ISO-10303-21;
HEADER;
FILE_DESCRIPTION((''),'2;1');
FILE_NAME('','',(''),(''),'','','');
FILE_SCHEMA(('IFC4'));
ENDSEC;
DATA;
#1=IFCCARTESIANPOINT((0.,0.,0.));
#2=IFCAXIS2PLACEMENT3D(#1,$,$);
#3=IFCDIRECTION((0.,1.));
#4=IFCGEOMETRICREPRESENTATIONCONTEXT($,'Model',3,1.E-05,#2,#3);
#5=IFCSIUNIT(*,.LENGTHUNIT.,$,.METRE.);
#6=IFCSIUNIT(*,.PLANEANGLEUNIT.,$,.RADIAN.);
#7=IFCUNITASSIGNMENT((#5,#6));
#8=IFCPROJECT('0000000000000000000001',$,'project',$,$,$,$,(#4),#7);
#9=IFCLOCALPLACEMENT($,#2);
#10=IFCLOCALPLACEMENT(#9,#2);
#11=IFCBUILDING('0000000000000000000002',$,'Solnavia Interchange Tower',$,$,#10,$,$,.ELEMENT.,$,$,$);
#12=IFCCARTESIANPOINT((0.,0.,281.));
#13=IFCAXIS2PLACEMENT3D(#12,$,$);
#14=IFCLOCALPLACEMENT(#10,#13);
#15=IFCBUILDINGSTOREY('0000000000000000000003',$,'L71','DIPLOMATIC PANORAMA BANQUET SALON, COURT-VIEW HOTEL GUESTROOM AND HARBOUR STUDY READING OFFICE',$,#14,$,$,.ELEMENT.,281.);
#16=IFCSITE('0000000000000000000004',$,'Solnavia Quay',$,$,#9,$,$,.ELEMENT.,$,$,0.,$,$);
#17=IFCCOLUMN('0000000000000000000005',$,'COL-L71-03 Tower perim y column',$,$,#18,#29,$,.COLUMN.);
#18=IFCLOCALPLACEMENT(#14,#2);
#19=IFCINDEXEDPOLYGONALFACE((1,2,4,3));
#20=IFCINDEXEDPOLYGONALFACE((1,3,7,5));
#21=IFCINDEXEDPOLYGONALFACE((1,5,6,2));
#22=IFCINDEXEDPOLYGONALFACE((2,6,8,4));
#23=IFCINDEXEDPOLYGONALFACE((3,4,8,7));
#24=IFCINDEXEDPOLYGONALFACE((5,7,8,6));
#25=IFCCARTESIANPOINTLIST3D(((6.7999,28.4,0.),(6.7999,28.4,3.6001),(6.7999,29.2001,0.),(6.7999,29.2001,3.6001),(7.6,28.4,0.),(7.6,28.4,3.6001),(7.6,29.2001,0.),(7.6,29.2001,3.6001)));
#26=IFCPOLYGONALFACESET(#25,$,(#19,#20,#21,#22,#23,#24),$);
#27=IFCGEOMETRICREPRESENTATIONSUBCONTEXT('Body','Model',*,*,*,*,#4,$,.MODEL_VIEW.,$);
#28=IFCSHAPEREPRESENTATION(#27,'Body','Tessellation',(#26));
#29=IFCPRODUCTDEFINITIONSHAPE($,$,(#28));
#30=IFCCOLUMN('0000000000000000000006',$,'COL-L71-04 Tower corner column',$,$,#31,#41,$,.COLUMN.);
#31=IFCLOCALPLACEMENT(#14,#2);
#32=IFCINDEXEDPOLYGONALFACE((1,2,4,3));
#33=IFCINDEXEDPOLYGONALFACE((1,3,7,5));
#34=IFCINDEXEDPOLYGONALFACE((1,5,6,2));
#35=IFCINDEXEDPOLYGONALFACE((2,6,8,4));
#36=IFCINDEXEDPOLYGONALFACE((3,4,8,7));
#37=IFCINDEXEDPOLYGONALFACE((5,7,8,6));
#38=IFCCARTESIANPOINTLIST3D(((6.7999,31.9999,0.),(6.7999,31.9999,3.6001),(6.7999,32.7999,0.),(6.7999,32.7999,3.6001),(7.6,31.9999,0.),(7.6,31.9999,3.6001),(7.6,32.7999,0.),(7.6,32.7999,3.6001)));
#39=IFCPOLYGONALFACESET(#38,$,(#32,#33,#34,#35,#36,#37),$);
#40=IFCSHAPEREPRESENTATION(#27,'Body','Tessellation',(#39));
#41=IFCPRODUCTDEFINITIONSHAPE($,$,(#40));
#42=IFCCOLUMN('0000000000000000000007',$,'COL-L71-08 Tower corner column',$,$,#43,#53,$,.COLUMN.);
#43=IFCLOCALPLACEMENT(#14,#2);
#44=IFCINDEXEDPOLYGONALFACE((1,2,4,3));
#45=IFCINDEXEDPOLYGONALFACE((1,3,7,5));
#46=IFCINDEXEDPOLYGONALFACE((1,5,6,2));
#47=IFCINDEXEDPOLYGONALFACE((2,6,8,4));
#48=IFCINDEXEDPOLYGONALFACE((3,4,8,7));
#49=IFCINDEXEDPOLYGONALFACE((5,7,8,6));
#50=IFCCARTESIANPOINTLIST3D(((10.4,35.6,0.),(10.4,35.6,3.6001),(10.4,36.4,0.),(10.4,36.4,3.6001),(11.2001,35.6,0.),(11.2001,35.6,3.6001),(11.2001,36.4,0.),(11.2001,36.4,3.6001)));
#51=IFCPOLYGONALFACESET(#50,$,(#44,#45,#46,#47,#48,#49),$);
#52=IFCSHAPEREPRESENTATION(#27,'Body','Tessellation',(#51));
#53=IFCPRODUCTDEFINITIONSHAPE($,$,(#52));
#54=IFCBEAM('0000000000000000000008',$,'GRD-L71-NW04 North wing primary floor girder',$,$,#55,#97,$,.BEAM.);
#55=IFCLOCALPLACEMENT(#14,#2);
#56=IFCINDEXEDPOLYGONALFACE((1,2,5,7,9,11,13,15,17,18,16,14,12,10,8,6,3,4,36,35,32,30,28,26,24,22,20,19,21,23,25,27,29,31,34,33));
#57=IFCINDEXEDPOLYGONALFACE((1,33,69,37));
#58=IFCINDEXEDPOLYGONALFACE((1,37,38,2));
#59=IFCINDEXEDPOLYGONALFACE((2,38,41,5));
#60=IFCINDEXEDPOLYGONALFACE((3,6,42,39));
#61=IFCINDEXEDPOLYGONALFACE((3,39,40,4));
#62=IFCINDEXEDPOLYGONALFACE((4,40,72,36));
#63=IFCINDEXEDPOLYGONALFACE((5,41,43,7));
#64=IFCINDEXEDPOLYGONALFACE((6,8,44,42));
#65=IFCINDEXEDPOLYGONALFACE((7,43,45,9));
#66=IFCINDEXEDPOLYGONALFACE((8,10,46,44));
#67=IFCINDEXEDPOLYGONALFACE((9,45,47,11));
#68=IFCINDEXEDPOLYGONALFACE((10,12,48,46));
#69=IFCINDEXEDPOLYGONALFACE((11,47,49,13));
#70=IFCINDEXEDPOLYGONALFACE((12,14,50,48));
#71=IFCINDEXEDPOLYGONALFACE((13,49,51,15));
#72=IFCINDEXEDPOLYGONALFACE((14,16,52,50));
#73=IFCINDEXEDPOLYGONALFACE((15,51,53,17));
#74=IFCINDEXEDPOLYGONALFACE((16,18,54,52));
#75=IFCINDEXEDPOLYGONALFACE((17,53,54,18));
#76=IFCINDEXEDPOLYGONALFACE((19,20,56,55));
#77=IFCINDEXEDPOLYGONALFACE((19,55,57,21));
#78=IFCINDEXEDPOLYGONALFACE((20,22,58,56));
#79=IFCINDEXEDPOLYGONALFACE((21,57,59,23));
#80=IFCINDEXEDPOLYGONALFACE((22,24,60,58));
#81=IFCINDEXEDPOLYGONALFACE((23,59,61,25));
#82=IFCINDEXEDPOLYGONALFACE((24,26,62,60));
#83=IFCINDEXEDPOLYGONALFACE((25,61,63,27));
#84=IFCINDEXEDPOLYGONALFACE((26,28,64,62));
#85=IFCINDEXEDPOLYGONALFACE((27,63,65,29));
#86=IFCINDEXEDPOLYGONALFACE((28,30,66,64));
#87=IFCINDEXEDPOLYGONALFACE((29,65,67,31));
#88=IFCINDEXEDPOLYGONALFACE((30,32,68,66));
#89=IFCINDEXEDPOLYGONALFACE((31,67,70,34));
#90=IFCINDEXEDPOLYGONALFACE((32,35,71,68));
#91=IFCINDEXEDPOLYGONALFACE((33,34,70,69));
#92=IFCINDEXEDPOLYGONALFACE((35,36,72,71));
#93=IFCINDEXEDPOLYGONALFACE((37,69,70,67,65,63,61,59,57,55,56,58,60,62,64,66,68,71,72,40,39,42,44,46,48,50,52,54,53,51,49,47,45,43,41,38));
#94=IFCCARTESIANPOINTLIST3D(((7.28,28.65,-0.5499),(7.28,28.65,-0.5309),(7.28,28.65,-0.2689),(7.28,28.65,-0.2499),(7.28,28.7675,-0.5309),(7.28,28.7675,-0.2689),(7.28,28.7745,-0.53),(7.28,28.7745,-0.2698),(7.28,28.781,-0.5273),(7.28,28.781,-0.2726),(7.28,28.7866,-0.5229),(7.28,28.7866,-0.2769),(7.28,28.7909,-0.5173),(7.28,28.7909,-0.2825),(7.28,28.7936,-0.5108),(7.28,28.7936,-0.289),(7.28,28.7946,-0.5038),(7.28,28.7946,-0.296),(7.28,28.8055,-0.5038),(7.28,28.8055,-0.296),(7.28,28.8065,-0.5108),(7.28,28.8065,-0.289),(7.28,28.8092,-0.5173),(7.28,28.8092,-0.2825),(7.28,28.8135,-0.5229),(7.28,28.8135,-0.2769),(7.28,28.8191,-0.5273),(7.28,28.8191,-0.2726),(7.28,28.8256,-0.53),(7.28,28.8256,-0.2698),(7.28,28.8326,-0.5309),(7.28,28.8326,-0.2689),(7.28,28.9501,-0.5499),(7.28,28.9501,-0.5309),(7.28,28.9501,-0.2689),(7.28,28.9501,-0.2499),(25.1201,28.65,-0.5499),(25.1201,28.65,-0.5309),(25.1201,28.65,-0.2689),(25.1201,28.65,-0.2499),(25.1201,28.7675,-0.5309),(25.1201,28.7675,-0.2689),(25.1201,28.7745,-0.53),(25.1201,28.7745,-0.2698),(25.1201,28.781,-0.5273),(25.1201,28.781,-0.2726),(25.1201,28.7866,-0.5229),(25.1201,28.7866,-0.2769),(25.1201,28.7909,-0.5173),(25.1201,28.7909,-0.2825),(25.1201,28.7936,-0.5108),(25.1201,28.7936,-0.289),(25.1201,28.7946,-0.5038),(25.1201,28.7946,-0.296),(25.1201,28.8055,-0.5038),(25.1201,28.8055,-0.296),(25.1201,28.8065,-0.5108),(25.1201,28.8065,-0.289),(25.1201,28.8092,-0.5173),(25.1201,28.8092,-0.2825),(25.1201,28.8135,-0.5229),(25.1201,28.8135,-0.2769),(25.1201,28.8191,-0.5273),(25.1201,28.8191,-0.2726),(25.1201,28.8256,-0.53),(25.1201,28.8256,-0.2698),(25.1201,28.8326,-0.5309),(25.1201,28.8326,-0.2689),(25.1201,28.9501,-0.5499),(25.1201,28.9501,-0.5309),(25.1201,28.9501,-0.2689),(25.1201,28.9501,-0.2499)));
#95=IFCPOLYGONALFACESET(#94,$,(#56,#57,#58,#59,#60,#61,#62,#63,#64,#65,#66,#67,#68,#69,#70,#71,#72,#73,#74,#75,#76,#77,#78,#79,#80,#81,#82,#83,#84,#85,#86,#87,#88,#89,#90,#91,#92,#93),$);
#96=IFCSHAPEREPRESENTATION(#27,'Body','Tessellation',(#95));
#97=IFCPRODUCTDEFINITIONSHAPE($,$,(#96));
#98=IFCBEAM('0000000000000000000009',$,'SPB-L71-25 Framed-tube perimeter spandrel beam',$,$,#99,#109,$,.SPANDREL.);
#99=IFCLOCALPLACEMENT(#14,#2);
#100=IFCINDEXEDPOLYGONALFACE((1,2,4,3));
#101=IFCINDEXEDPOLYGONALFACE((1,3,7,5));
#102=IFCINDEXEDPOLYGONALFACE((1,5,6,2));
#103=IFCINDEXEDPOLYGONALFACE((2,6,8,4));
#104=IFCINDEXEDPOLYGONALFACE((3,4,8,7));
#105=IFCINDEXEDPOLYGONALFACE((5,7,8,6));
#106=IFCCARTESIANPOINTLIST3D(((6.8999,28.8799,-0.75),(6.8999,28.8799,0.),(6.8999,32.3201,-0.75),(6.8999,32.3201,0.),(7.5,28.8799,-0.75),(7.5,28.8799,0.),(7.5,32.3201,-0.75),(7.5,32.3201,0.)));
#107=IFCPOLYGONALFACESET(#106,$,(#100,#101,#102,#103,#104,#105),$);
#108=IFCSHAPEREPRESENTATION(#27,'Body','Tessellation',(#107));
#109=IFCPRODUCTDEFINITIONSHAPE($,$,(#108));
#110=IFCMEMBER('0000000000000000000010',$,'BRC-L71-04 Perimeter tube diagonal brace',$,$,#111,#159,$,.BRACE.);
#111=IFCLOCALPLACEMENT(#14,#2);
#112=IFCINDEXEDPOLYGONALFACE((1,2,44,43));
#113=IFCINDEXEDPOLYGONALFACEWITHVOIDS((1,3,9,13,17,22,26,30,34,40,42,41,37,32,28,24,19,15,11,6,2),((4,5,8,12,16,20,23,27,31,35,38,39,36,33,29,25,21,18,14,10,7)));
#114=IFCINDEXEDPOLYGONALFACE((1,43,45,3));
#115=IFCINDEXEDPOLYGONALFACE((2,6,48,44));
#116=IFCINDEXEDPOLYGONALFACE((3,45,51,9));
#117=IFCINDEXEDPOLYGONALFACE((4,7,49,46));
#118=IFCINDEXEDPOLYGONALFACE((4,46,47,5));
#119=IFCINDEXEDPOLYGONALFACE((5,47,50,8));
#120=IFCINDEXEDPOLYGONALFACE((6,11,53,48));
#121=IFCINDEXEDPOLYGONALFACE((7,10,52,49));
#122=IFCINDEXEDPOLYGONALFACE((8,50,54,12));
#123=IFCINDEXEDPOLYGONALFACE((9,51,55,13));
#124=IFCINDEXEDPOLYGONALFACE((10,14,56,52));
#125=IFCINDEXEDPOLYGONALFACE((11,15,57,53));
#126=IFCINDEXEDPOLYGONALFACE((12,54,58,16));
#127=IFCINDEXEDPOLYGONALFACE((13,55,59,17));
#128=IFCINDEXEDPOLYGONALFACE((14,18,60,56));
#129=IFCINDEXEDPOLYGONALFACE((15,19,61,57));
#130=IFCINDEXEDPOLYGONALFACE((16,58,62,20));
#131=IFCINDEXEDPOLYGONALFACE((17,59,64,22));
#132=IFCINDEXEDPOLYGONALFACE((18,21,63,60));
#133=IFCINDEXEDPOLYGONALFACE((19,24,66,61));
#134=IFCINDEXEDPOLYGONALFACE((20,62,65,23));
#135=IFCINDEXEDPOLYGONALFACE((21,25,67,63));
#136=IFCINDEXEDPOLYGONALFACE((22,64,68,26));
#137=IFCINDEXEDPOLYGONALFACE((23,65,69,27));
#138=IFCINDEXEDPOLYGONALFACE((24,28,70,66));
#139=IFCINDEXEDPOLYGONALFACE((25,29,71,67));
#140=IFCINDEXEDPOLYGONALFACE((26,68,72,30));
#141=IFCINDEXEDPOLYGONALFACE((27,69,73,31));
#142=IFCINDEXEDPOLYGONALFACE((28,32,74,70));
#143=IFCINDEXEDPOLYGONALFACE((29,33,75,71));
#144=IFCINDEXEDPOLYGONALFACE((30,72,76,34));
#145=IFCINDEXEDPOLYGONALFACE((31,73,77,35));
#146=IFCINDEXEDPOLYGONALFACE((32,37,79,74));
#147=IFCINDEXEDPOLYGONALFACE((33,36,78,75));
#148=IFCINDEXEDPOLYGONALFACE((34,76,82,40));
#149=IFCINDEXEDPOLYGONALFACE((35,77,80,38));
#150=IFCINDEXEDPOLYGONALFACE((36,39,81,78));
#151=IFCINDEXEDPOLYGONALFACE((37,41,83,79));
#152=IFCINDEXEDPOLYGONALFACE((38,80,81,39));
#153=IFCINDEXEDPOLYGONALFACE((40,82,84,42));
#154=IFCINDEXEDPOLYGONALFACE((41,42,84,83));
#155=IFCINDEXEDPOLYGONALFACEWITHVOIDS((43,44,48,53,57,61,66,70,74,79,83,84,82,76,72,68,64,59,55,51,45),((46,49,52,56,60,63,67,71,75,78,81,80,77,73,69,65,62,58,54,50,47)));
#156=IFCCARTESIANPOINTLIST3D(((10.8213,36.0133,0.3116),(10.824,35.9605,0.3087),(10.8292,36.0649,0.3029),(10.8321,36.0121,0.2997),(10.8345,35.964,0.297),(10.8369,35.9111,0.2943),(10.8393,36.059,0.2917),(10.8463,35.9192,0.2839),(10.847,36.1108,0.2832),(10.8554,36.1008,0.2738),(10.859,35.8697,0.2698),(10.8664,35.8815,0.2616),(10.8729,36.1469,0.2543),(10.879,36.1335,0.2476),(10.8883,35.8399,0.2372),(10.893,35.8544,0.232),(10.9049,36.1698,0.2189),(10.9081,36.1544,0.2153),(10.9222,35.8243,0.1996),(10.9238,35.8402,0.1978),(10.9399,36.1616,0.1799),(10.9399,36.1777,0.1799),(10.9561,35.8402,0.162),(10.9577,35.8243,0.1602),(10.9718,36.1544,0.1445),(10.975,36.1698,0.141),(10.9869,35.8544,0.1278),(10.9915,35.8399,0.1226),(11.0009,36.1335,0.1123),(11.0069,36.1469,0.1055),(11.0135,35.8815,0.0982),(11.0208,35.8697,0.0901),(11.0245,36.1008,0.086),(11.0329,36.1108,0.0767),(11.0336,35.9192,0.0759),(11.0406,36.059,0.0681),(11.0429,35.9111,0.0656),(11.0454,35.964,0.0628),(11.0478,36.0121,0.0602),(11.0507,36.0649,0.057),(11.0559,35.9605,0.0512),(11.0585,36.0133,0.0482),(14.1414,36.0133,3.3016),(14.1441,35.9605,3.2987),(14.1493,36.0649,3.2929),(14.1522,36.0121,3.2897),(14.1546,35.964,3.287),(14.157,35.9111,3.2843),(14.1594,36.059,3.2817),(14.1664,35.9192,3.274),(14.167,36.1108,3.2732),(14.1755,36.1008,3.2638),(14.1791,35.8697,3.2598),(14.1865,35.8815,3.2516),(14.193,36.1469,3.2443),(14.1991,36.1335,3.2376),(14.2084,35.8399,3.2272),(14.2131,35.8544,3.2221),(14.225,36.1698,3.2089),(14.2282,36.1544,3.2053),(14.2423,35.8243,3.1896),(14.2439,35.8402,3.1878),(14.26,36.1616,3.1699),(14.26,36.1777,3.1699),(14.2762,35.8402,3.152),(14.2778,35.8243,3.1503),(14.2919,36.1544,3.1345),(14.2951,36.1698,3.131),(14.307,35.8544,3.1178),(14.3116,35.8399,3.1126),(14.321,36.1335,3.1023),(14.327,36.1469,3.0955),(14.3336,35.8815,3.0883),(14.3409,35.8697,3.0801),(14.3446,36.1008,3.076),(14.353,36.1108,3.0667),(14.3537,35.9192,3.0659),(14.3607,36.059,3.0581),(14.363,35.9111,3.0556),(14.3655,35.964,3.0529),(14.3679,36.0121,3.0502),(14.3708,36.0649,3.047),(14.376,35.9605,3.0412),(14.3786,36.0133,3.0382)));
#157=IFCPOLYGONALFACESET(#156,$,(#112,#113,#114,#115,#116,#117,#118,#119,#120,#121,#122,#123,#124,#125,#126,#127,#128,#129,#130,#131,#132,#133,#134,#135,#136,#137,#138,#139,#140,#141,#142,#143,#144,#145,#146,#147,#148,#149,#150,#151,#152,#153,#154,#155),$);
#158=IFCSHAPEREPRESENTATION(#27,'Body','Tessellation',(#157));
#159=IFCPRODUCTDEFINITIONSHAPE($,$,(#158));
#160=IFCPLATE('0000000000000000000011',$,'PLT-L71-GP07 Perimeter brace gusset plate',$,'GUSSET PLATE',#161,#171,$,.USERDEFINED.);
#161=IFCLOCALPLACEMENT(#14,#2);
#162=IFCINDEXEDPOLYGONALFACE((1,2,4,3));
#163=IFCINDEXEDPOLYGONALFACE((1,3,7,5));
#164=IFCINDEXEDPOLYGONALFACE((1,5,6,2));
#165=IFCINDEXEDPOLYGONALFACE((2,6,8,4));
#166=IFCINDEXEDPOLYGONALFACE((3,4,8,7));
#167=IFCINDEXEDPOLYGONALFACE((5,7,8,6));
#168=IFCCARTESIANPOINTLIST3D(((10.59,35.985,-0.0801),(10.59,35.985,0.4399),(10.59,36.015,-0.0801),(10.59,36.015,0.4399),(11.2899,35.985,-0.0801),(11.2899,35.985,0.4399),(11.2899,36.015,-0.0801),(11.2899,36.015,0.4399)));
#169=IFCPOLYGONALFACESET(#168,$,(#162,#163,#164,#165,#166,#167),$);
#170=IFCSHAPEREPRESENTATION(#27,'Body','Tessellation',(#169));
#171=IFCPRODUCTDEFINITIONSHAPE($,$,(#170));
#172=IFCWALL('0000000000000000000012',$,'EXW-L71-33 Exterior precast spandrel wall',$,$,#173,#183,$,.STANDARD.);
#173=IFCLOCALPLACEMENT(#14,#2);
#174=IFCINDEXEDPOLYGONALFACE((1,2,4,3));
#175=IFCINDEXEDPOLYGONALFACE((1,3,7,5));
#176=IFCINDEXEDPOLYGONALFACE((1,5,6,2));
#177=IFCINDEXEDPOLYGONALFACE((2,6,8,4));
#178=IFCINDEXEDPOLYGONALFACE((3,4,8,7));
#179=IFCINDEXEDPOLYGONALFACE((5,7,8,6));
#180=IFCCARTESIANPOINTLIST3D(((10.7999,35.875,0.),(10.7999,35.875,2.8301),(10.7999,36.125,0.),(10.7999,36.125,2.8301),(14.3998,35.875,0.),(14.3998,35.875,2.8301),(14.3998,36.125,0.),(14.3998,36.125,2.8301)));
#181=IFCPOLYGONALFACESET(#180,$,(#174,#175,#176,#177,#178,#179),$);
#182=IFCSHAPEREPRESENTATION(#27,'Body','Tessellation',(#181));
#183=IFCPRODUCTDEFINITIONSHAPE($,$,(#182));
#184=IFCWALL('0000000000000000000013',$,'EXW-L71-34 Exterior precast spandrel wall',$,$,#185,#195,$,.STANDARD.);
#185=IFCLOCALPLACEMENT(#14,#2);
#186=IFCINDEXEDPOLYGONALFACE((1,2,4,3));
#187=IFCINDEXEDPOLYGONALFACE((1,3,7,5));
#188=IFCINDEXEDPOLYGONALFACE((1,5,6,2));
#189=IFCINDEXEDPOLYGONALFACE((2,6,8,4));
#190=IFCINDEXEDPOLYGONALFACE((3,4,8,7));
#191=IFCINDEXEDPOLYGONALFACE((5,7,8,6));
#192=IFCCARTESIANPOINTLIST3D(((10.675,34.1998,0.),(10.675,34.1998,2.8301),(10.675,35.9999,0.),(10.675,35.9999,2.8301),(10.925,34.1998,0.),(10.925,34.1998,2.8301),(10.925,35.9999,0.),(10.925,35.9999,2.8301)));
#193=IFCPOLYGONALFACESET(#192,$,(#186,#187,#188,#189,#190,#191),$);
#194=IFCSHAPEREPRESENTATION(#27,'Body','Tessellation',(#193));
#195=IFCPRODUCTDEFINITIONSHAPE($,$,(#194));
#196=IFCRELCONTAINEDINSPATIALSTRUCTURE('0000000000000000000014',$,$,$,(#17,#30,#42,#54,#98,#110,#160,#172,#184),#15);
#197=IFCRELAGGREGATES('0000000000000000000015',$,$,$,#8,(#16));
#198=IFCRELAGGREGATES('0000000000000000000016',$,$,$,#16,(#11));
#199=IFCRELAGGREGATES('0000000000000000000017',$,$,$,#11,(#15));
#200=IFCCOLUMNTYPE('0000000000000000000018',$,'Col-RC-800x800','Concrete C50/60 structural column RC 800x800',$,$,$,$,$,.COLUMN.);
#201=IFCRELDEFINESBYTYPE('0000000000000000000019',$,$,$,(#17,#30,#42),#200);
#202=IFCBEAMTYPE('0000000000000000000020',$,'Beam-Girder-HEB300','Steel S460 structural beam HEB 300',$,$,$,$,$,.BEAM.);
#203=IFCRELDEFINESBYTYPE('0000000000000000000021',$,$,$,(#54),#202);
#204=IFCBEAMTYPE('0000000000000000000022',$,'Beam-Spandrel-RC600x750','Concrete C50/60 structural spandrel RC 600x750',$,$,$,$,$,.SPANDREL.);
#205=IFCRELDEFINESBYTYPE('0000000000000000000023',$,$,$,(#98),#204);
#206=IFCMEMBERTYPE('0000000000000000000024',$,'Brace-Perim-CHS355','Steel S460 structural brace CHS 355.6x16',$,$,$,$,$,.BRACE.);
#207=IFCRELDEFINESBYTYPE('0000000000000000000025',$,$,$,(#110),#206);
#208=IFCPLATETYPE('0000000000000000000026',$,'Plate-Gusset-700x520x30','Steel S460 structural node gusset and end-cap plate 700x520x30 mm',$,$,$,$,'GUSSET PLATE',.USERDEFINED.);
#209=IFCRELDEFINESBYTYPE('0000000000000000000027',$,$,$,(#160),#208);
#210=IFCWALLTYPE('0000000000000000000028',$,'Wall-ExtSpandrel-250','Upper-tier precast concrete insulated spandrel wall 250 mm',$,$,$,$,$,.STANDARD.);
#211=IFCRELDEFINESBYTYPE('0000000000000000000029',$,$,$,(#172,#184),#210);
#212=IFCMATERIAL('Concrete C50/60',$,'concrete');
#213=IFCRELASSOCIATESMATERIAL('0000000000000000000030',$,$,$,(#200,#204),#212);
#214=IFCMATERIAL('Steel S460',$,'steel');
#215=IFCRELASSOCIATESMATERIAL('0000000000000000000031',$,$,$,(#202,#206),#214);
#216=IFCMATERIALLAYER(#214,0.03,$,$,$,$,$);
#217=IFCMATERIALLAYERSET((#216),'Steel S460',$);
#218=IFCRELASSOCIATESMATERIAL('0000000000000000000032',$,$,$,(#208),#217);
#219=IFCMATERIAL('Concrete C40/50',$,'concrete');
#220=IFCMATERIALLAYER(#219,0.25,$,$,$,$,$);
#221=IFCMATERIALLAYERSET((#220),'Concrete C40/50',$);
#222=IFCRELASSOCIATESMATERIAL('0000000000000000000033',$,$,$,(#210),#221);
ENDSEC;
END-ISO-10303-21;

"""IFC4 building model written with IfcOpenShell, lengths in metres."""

from ifc_helpers import new_model, si_unit, direction, frame, frame_2d, origin, origin_2d, place, context, subcontext, project, spatial, rectangle, hollow_circle, i_section, extrude, material, layer, layer_set, material_profile, profile_set, type_object, element, save


model = new_model("IFC4")

# Units and contexts
model_context = context("Model", 3, precision=1e-05, world=origin(), true_north=direction((0.0, 1.0)))
body_context = subcontext(model_context, "Body", "Model", "MODEL_VIEW")
ifc_project = project(units=[si_unit("LENGTHUNIT", "METRE"), si_unit("PLANEANGLEUNIT", "RADIAN")], contexts=[model_context])

# Site, building, storey
site_placement = place(None, origin())
site = spatial("IfcSite", under=ifc_project, at=site_placement, Name="Solnavia Quay", CompositionType="ELEMENT", RefElevation=0.0)
building_placement = place(site_placement, origin())
building = spatial("IfcBuilding", under=site, at=building_placement, Name="Solnavia Interchange Tower", CompositionType="ELEMENT")
storey_placement = place(building_placement, frame((0.0, 0.0, 281.0)))
storey = spatial("IfcBuildingStorey", under=building, at=storey_placement, Name="L71", Description="DIPLOMATIC PANORAMA BANQUET SALON, COURT-VIEW HOTEL GUESTROOM AND HARBOUR STUDY READING OFFICE", CompositionType="ELEMENT", Elevation=281.0)

# Columns
ifc_material_1 = material(Name="Concrete C50/60", Category="concrete")
ifc_material_profile_1 = material_profile(ifc_material_1, rectangle(XDim=0.8, YDim=0.8, at=origin_2d()), Name="RC 800x800")
ifc_profile_set_1 = profile_set([ifc_material_profile_1], Name="Concrete C50/60")
column_type = type_object("IfcColumnType", Name="Col-RC-800x800", Description="Concrete C50/60 structural column RC 800x800", PredefinedType="COLUMN", material=ifc_profile_set_1)
for number, where, z_axis, x_axis, name in (
    (1, (7.2, 28.8, 0.0), (0.0, 0.0, 1.0), (0.0, 1.0, 0.0), "COL-L71-03 Tower perim y column"),
    (2, (7.2, 32.3999, 0.0), (0.0, 0.0, 1.0), (0.0, 1.0, 0.0), "COL-L71-04 Tower corner column"),
    (3, (10.8, 36.0, 0.0), (0.0, 0.0, 1.0), (1.0, 0.0, 0.0), "COL-L71-08 Tower corner column"),
):
    element("IfcColumn", number, at=place(storey_placement, frame(where, z_axis=z_axis, x_axis=x_axis)), inside=storey, type_object=column_type, Name=name, PredefinedType="COLUMN", context=body_context, shape_type="SweptSolid", body=[
        extrude(rectangle(XDim=0.8, YDim=0.8, at=origin_2d()), origin(), (0.0, 0.0, 1.0), 3.6001),
    ])

# Beams
ifc_material_2 = material(Name="Steel S460", Category="steel")
ifc_material_profile_2 = material_profile(ifc_material_2, i_section(OverallWidth=0.3, OverallDepth=0.3, WebThickness=0.011, FlangeThickness=0.019, FilletRadius=0.0271, at=origin_2d()), Name="HEB 300")
ifc_profile_set_2 = profile_set([ifc_material_profile_2], Name="Steel S460")
beam_type_1 = type_object("IfcBeamType", Name="Beam-Girder-HEB300", Description="Steel S460 structural beam HEB 300", PredefinedType="BEAM", material=ifc_profile_set_2)
beam_1_placement = place(storey_placement, frame((7.28, 28.8, -0.3999), z_axis=(1.0, 0.0, 0.0), x_axis=(0.0, 1.0, 0.0)))
element("IfcBeam", 4, at=beam_1_placement, inside=storey, type_object=beam_type_1, Name="GRD-L71-NW04 North wing primary floor girder", PredefinedType="BEAM", context=body_context, shape_type="SweptSolid", body=[
    extrude(i_section(OverallWidth=0.3, OverallDepth=0.3, WebThickness=0.011, FlangeThickness=0.019, FilletRadius=0.0271, at=origin_2d()), origin(), (0.0, 0.0, 1.0), 17.8401),
])
ifc_material_profile_3 = material_profile(ifc_material_1, rectangle(XDim=0.6001, YDim=0.75, at=origin_2d()), Name="RC 600x750")
ifc_profile_set_3 = profile_set([ifc_material_profile_3], Name="Concrete C50/60")
beam_type_2 = type_object("IfcBeamType", Name="Beam-Spandrel-RC600x750", Description="Concrete C50/60 structural spandrel RC 600x750", PredefinedType="SPANDREL", material=ifc_profile_set_3)
beam_2_placement = place(storey_placement, frame((7.2, 32.3201, -0.375), z_axis=(0.0, -1.0, 0.0), x_axis=(1.0, 0.0, 0.0)))
element("IfcBeam", 5, at=beam_2_placement, inside=storey, type_object=beam_type_2, Name="SPB-L71-25 Framed-tube perimeter spandrel beam", PredefinedType="SPANDREL", context=body_context, shape_type="SweptSolid", body=[
    extrude(rectangle(XDim=0.6001, YDim=0.75, at=origin_2d()), origin(), (0.0, 0.0, 1.0), 3.4402),
])

# Member
ifc_material_profile_4 = material_profile(ifc_material_2, hollow_circle(Radius=0.1777, WallThickness=0.0161, at=origin_2d()), Name="CHS 355.6x16")
ifc_profile_set_4 = profile_set([ifc_material_profile_4], Name="Steel S460")
member_type = type_object("IfcMemberType", Name="Brace-Perim-CHS355", Description="Steel S460 structural brace CHS 355.6x16", PredefinedType="BRACE", material=ifc_profile_set_4)
member_placement = place(storey_placement, frame((10.9399, 36.0, 0.1799), z_axis=(0.743079, 0.0, 0.669203), x_axis=(0.0, 1.0, 0.0)))
element("IfcMember", 6, at=member_placement, inside=storey, type_object=member_type, Name="BRC-L71-04 Perimeter tube diagonal brace", PredefinedType="BRACE", context=body_context, shape_type="SweptSolid", body=[
    extrude(hollow_circle(Radius=0.1777, WallThickness=0.0161, at=origin_2d()), origin(), (0.0, 0.0, 1.0), 4.468),
])

# Plate
ifc_layer_1 = layer(ifc_material_2, 0.03)
ifc_layer_set_1 = layer_set([ifc_layer_1], Name="Steel S460")
plate_type = type_object("IfcPlateType", Name="Plate-Gusset-700x520x30", Description="Steel S460 structural node gusset and end-cap plate 700x520x30 mm", ElementType="GUSSET PLATE", PredefinedType="USERDEFINED", material=ifc_layer_set_1)
plate_placement = place(storey_placement, frame((10.9399, 36.0, -0.0801), z_axis=(0.0, 0.0, 1.0), x_axis=(1.0, 0.0, 0.0)))
element("IfcPlate", 7, at=plate_placement, inside=storey, type_object=plate_type, Name="PLT-L71-GP07 Perimeter brace gusset plate", ObjectType="GUSSET PLATE", PredefinedType="USERDEFINED", context=body_context, shape_type="SweptSolid", body=[
    extrude(rectangle(XDim=0.7, YDim=0.03, at=origin_2d()), origin(), (0.0, 0.0, 1.0), 0.52),
])

# Walls
ifc_material_3 = material(Name="Concrete C40/50", Category="concrete")
ifc_layer_2 = layer(ifc_material_3, 0.25)
ifc_layer_set_2 = layer_set([ifc_layer_2], Name="Concrete C40/50")
wall_type_1 = type_object("IfcWallType", Name="Wall-ExtSpandrel-250", Description="Upper-tier precast concrete insulated spandrel wall 250 mm", PredefinedType="STANDARD", material=ifc_layer_set_2)
wall_1_placement = place(storey_placement, frame((10.8, 36.0, 0.0), z_axis=(0.0, 0.0, 1.0), x_axis=(1.0, 0.0, 0.0)))
element("IfcWall", 8, at=wall_1_placement, inside=storey, type_object=wall_type_1, Name="EXW-L71-33 Exterior precast spandrel wall", PredefinedType="STANDARD", context=body_context, shape_type="SweptSolid", body=[
    extrude(rectangle(XDim=3.5999, YDim=0.25, at=frame_2d((1.7998, 0.0))), origin(), (0.0, 0.0, 1.0), 2.8301),
])
wall_2_placement = place(storey_placement, frame((10.8, 34.2, 0.0), z_axis=(0.0, 0.0, 1.0), x_axis=(0.0, 1.0, 0.0)))
element("IfcWall", 9, at=wall_2_placement, inside=storey, type_object=wall_type_1, Name="EXW-L71-34 Exterior precast spandrel wall", PredefinedType="STANDARD", context=body_context, shape_type="SweptSolid", body=[
    extrude(rectangle(XDim=1.8, YDim=0.25, at=frame_2d((0.8999, 0.0))), origin(), (0.0, 0.0, 1.0), 2.8301),
])

save(model, "model.ifc")
